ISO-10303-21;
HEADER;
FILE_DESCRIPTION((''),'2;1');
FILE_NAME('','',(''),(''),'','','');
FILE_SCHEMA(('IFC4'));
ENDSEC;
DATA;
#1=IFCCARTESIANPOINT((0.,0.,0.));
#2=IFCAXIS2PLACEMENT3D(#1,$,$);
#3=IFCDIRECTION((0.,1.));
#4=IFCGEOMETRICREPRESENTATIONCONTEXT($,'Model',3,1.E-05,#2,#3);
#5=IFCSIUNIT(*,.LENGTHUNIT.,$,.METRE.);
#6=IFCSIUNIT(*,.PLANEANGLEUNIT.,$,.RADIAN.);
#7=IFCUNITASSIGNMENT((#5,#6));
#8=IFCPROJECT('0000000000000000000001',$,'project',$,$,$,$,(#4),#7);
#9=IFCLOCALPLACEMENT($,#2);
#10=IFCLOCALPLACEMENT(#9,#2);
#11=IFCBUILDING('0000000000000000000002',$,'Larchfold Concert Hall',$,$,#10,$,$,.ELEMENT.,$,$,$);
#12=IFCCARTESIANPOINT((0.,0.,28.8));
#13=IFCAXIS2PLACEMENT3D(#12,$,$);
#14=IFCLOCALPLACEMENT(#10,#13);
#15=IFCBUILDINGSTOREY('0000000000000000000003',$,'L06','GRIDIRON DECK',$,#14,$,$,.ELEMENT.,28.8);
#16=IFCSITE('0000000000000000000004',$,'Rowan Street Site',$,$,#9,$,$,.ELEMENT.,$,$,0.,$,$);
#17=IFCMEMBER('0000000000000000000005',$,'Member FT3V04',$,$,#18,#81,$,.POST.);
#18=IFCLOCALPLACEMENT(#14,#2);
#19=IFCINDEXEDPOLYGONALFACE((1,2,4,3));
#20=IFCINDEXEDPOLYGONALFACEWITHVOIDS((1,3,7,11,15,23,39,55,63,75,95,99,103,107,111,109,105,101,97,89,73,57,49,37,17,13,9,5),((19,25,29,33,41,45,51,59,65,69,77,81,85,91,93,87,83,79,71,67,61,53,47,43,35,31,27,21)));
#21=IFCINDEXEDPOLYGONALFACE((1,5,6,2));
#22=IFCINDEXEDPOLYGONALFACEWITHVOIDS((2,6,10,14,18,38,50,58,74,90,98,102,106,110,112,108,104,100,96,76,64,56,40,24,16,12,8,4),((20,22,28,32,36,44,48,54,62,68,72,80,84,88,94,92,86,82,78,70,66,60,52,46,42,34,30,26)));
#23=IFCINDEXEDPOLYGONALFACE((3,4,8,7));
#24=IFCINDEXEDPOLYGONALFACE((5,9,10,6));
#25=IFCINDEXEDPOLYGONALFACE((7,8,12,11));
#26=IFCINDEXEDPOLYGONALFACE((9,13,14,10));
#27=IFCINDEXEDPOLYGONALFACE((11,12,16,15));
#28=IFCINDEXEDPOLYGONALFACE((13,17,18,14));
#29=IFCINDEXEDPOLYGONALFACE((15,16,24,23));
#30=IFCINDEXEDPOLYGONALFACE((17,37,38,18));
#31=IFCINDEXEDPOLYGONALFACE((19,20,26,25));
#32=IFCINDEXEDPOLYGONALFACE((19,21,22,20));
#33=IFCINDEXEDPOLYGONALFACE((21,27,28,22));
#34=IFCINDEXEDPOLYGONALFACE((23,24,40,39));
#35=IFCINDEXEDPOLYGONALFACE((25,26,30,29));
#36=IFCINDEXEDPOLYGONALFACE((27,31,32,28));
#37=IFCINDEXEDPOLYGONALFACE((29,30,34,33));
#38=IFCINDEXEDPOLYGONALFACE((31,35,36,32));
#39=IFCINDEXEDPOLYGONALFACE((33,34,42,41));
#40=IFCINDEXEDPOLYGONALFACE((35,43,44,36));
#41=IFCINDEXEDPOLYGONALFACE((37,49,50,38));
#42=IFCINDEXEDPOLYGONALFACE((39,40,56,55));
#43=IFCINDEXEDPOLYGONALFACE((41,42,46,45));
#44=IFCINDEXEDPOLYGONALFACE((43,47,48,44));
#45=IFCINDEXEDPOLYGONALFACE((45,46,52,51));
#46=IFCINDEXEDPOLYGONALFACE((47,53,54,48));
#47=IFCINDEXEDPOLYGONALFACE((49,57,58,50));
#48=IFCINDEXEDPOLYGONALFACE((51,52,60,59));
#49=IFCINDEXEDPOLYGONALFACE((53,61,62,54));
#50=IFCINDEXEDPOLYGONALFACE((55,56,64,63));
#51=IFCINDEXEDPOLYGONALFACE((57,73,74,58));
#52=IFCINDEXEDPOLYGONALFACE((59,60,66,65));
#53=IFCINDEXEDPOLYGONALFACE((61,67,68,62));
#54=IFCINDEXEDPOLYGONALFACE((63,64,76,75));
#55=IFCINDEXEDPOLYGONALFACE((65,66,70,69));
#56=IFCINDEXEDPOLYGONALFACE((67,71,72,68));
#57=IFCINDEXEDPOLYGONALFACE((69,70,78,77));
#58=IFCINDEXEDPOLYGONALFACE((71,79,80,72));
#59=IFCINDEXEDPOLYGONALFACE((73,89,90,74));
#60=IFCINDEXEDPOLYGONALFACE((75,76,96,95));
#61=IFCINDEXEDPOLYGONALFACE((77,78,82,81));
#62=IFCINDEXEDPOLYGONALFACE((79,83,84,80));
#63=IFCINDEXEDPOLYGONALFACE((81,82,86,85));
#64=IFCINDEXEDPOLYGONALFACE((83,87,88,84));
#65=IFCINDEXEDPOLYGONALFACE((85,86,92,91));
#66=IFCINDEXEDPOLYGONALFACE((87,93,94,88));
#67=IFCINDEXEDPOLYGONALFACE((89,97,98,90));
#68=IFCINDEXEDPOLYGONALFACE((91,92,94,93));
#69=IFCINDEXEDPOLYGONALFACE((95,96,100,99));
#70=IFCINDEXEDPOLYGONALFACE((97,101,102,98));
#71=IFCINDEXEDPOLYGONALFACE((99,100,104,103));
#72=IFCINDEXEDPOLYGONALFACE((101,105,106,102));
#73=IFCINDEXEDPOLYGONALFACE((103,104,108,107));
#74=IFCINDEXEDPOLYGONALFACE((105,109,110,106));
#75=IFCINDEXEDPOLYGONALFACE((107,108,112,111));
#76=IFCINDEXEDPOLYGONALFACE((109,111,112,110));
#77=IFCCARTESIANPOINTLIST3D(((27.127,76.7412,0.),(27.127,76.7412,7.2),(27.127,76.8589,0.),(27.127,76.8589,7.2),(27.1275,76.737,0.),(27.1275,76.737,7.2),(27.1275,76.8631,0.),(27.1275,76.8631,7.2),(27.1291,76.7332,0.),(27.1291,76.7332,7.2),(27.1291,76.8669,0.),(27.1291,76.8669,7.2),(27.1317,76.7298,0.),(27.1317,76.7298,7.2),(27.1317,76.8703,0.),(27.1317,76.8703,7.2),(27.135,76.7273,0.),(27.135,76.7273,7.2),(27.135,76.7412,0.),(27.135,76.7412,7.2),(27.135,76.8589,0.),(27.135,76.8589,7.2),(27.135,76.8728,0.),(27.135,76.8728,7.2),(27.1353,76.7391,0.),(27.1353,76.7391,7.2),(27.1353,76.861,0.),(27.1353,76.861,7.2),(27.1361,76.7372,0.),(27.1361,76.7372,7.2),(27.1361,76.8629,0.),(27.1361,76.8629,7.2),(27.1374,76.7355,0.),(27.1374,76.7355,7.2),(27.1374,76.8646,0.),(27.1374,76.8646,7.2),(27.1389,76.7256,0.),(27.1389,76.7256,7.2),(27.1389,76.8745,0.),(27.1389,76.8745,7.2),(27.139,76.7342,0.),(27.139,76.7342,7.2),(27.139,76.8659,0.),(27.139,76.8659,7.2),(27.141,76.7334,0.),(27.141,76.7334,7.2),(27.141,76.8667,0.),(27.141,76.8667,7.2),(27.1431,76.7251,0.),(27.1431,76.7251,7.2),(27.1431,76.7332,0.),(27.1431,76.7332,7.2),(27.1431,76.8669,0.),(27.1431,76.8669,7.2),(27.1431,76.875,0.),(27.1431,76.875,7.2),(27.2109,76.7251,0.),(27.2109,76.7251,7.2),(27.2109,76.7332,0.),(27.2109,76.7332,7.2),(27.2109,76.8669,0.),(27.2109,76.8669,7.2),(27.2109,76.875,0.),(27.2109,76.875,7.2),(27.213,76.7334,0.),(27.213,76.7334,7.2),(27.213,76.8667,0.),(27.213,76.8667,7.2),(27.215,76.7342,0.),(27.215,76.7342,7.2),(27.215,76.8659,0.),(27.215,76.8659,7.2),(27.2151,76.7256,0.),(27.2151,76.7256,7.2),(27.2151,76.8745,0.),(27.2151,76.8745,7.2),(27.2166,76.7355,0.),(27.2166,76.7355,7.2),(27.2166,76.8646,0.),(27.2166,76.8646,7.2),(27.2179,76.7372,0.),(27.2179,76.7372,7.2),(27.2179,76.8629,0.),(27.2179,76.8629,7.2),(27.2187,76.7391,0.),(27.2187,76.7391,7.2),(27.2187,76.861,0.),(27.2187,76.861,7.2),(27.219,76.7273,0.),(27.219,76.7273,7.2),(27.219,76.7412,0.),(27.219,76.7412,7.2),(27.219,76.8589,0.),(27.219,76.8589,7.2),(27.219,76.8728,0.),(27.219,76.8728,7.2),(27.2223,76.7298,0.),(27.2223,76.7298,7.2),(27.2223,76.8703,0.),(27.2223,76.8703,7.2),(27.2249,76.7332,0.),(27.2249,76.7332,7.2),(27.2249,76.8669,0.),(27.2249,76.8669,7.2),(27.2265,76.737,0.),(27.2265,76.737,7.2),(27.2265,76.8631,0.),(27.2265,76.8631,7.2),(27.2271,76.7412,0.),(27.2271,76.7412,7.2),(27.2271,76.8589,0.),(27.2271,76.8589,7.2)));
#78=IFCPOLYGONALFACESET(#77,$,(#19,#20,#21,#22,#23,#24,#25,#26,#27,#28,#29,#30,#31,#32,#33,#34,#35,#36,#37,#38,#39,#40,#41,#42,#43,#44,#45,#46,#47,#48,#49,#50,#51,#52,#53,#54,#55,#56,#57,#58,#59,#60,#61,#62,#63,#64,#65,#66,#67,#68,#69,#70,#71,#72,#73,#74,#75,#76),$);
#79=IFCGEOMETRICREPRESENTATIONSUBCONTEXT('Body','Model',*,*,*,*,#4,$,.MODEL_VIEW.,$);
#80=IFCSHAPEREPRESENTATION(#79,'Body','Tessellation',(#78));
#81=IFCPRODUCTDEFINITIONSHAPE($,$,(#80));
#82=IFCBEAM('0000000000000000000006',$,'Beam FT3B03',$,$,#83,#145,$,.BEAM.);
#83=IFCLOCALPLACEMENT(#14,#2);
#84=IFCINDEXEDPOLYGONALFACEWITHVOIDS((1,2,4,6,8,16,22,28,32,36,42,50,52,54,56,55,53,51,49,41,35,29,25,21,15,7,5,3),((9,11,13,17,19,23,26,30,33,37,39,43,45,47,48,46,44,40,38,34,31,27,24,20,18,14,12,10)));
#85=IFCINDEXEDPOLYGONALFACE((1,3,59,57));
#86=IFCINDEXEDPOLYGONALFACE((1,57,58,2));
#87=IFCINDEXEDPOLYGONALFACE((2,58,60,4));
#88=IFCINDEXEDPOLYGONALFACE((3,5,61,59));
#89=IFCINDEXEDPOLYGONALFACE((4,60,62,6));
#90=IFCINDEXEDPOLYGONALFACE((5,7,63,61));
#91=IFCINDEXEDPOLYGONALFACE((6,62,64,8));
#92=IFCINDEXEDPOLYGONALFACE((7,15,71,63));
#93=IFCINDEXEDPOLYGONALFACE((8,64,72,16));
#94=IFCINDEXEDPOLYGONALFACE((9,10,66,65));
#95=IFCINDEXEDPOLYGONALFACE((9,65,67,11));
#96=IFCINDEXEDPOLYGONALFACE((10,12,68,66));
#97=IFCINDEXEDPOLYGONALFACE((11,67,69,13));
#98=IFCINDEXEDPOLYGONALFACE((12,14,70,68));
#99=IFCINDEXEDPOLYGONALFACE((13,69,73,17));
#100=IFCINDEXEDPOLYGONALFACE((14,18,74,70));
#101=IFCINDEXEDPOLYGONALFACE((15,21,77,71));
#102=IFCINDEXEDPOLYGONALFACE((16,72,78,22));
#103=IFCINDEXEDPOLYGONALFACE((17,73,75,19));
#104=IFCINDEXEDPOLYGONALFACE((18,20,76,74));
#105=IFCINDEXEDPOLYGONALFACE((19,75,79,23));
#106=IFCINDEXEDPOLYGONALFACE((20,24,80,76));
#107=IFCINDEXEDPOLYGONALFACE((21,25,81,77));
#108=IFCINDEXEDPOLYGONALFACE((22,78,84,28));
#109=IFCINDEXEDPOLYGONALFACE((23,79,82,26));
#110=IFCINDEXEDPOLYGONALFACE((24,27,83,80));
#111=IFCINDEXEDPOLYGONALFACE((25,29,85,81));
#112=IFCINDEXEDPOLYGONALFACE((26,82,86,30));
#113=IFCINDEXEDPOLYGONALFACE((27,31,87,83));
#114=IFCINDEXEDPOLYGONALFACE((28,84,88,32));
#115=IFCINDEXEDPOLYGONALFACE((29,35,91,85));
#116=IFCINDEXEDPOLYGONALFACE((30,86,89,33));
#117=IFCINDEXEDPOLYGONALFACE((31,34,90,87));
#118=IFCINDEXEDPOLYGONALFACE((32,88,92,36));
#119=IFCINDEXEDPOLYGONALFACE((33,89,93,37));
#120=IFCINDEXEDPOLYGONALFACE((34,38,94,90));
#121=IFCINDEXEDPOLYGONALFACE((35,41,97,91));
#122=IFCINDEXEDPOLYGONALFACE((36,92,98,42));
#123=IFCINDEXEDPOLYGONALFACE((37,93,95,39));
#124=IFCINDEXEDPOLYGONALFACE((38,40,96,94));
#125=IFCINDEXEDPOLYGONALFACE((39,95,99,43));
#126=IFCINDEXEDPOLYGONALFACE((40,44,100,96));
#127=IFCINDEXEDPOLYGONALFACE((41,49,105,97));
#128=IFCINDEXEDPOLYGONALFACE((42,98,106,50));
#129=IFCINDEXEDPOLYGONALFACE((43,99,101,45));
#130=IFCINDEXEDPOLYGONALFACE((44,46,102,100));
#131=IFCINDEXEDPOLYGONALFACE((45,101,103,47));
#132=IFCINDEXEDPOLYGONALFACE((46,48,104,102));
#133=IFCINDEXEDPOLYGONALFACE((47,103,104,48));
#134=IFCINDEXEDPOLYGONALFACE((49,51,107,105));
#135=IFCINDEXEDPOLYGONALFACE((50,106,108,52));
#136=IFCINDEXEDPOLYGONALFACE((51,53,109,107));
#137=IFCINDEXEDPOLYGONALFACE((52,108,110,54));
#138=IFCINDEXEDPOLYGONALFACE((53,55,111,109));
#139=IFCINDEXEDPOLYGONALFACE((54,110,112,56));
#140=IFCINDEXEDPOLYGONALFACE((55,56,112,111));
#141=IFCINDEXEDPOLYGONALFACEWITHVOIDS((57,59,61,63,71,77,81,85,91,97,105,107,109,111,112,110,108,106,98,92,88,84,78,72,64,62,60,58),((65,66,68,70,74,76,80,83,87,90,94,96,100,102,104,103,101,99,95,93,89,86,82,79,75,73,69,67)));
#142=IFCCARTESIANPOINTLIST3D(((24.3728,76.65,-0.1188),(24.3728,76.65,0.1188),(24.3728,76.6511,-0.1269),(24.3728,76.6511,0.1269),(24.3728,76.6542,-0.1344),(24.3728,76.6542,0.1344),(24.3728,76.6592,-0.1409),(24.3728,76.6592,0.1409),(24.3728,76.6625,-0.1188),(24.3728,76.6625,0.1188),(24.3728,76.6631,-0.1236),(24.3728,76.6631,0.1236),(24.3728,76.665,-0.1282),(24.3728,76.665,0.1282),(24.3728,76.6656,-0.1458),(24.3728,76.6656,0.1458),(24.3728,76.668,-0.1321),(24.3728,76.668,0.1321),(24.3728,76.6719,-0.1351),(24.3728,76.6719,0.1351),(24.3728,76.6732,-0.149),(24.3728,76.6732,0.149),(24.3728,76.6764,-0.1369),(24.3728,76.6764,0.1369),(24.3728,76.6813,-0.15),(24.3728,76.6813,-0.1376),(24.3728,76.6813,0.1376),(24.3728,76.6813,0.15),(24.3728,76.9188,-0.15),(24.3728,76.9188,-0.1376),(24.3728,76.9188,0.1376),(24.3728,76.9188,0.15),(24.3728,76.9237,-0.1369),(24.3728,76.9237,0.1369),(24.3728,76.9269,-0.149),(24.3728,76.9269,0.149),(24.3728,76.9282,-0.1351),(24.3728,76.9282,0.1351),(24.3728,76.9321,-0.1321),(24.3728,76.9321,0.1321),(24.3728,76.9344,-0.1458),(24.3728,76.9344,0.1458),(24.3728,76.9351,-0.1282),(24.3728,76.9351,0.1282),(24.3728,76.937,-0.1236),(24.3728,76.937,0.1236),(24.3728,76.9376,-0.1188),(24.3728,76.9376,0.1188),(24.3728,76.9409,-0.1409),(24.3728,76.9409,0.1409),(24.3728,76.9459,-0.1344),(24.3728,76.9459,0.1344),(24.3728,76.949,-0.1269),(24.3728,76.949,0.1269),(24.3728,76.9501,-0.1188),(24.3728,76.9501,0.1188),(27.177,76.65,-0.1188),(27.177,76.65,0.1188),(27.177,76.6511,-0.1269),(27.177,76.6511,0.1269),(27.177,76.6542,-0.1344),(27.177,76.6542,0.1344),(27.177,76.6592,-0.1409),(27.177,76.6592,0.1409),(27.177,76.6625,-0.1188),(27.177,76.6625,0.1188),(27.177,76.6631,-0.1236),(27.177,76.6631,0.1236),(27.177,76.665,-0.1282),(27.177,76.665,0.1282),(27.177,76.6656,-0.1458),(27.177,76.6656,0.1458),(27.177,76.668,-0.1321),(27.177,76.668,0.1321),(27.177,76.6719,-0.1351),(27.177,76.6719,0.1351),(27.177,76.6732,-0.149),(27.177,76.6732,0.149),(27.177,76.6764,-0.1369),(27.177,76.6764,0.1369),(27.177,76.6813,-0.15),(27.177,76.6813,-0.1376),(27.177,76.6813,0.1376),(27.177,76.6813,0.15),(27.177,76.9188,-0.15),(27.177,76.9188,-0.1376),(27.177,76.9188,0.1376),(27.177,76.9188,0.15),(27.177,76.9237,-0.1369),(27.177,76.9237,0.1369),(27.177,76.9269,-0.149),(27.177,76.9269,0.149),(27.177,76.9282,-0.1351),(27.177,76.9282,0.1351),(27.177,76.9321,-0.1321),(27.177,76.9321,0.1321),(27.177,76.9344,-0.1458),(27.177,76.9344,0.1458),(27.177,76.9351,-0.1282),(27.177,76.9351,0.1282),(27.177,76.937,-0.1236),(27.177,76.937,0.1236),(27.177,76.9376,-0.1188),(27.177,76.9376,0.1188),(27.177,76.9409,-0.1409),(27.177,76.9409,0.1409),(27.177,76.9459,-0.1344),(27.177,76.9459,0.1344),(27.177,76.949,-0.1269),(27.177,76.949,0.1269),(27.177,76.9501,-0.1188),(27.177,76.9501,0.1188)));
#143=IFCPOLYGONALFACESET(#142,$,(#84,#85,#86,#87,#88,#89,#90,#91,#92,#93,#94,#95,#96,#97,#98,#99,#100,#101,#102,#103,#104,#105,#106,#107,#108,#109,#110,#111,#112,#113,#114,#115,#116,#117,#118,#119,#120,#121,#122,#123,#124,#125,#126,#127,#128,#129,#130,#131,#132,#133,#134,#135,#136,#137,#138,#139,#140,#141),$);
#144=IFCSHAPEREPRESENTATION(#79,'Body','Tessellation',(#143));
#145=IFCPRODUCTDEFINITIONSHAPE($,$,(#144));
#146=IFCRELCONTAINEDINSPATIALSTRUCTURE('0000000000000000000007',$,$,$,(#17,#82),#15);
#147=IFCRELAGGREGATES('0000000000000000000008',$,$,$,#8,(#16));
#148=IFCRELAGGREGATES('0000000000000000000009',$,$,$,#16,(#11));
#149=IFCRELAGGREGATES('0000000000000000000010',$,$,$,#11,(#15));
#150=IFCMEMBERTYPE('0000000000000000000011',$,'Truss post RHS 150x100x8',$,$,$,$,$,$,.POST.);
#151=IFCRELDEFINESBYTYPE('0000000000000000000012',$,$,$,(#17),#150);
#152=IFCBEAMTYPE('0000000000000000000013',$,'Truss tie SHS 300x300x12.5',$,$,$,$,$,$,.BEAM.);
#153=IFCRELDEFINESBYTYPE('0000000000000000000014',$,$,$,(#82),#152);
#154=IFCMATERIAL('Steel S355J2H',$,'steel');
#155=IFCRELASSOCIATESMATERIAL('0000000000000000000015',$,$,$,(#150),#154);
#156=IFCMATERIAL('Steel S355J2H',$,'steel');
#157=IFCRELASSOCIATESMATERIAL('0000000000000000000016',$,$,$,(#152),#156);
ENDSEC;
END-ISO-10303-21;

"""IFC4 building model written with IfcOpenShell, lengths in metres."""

from ifc_helpers import new_model, si_unit, direction, frame, origin, origin_2d, place, context, subcontext, project, spatial, hollow_rectangle, extrude, material, material_profile, profile_set, type_object, element, save


model = new_model("IFC4")

# Units and contexts
model_context = context("Model", 3, precision=1e-05, world=origin(), true_north=direction((0.0, 1.0)))
body_context = subcontext(model_context, "Body", "Model", "MODEL_VIEW")
ifc_project = project(units=[si_unit("LENGTHUNIT", "METRE"), si_unit("PLANEANGLEUNIT", "RADIAN")], contexts=[model_context])

# Site, building, storey
site_placement = place(None, origin())
site = spatial("IfcSite", under=ifc_project, at=site_placement, Name="Rowan Street Site", CompositionType="ELEMENT", RefElevation=0.0)
building_placement = place(site_placement, origin())
building = spatial("IfcBuilding", under=site, at=building_placement, Name="Larchfold Concert Hall", CompositionType="ELEMENT")
storey_placement = place(building_placement, frame((0.0, 0.0, 28.8)))
storey = spatial("IfcBuildingStorey", under=building, at=storey_placement, Name="L06", Description="GRIDIRON DECK", CompositionType="ELEMENT", Elevation=28.8)

# Member
ifc_material_1 = material(Name="Steel S355J2H", Category="steel")
ifc_material_profile_1 = material_profile(ifc_material_1, hollow_rectangle(XDim=0.1001, YDim=0.1499, WallThickness=0.0081, InnerFilletRadius=0.0081, OuterFilletRadius=0.0161, at=origin_2d()))
ifc_profile_set_1 = profile_set([ifc_material_profile_1], Name="Steel S355J2H")
member_type_1 = type_object("IfcMemberType", Name="Truss post RHS 150x100x8", PredefinedType="POST", material=ifc_profile_set_1)
for number, where, z_axis, x_axis, name in (
    (1, (27.177, 76.8, 7.2), (0.0, 0.0, -1.0), (1.0, 0.0, 0.0), "Member FT3V04"),
):
    element("IfcMember", number, at=place(storey_placement, frame(where, z_axis=z_axis, x_axis=x_axis)), inside=storey, type_object=member_type_1, Name=name, PredefinedType="POST", context=body_context, shape_type="SweptSolid", body=[
        extrude(hollow_rectangle(XDim=0.1001, YDim=0.1499, WallThickness=0.0081, InnerFilletRadius=0.0081, OuterFilletRadius=0.0161, at=origin_2d()), origin(), (0.0, 0.0, 1.0), 7.2),
    ])

# Beam
ifc_material_2 = material(Name="Steel S355J2H", Category="steel")
ifc_material_profile_2 = material_profile(ifc_material_2, hollow_rectangle(XDim=0.3, YDim=0.3, WallThickness=0.0125, InnerFilletRadius=0.0188, OuterFilletRadius=0.0312, at=origin_2d()))
ifc_profile_set_2 = profile_set([ifc_material_profile_2], Name="Steel S355J2H")
beam_type_1 = type_object("IfcBeamType", Name="Truss tie SHS 300x300x12.5", PredefinedType="BEAM", material=ifc_profile_set_2)
for number, where, z_axis, x_axis, name in (
    (2, (24.3728, 76.8, 0.0), (1.0, 0.0, 0.0), (0.0, 1.0, 0.0), "Beam FT3B03"),
):
    element("IfcBeam", number, at=place(storey_placement, frame(where, z_axis=z_axis, x_axis=x_axis)), inside=storey, type_object=beam_type_1, Name=name, PredefinedType="BEAM", context=body_context, shape_type="SweptSolid", body=[
        extrude(hollow_rectangle(XDim=0.3, YDim=0.3, WallThickness=0.0125, InnerFilletRadius=0.0188, OuterFilletRadius=0.0312, at=origin_2d()), origin(), (0.0, 0.0, 1.0), 2.8042),
    ])

save(model, "model.ifc")
